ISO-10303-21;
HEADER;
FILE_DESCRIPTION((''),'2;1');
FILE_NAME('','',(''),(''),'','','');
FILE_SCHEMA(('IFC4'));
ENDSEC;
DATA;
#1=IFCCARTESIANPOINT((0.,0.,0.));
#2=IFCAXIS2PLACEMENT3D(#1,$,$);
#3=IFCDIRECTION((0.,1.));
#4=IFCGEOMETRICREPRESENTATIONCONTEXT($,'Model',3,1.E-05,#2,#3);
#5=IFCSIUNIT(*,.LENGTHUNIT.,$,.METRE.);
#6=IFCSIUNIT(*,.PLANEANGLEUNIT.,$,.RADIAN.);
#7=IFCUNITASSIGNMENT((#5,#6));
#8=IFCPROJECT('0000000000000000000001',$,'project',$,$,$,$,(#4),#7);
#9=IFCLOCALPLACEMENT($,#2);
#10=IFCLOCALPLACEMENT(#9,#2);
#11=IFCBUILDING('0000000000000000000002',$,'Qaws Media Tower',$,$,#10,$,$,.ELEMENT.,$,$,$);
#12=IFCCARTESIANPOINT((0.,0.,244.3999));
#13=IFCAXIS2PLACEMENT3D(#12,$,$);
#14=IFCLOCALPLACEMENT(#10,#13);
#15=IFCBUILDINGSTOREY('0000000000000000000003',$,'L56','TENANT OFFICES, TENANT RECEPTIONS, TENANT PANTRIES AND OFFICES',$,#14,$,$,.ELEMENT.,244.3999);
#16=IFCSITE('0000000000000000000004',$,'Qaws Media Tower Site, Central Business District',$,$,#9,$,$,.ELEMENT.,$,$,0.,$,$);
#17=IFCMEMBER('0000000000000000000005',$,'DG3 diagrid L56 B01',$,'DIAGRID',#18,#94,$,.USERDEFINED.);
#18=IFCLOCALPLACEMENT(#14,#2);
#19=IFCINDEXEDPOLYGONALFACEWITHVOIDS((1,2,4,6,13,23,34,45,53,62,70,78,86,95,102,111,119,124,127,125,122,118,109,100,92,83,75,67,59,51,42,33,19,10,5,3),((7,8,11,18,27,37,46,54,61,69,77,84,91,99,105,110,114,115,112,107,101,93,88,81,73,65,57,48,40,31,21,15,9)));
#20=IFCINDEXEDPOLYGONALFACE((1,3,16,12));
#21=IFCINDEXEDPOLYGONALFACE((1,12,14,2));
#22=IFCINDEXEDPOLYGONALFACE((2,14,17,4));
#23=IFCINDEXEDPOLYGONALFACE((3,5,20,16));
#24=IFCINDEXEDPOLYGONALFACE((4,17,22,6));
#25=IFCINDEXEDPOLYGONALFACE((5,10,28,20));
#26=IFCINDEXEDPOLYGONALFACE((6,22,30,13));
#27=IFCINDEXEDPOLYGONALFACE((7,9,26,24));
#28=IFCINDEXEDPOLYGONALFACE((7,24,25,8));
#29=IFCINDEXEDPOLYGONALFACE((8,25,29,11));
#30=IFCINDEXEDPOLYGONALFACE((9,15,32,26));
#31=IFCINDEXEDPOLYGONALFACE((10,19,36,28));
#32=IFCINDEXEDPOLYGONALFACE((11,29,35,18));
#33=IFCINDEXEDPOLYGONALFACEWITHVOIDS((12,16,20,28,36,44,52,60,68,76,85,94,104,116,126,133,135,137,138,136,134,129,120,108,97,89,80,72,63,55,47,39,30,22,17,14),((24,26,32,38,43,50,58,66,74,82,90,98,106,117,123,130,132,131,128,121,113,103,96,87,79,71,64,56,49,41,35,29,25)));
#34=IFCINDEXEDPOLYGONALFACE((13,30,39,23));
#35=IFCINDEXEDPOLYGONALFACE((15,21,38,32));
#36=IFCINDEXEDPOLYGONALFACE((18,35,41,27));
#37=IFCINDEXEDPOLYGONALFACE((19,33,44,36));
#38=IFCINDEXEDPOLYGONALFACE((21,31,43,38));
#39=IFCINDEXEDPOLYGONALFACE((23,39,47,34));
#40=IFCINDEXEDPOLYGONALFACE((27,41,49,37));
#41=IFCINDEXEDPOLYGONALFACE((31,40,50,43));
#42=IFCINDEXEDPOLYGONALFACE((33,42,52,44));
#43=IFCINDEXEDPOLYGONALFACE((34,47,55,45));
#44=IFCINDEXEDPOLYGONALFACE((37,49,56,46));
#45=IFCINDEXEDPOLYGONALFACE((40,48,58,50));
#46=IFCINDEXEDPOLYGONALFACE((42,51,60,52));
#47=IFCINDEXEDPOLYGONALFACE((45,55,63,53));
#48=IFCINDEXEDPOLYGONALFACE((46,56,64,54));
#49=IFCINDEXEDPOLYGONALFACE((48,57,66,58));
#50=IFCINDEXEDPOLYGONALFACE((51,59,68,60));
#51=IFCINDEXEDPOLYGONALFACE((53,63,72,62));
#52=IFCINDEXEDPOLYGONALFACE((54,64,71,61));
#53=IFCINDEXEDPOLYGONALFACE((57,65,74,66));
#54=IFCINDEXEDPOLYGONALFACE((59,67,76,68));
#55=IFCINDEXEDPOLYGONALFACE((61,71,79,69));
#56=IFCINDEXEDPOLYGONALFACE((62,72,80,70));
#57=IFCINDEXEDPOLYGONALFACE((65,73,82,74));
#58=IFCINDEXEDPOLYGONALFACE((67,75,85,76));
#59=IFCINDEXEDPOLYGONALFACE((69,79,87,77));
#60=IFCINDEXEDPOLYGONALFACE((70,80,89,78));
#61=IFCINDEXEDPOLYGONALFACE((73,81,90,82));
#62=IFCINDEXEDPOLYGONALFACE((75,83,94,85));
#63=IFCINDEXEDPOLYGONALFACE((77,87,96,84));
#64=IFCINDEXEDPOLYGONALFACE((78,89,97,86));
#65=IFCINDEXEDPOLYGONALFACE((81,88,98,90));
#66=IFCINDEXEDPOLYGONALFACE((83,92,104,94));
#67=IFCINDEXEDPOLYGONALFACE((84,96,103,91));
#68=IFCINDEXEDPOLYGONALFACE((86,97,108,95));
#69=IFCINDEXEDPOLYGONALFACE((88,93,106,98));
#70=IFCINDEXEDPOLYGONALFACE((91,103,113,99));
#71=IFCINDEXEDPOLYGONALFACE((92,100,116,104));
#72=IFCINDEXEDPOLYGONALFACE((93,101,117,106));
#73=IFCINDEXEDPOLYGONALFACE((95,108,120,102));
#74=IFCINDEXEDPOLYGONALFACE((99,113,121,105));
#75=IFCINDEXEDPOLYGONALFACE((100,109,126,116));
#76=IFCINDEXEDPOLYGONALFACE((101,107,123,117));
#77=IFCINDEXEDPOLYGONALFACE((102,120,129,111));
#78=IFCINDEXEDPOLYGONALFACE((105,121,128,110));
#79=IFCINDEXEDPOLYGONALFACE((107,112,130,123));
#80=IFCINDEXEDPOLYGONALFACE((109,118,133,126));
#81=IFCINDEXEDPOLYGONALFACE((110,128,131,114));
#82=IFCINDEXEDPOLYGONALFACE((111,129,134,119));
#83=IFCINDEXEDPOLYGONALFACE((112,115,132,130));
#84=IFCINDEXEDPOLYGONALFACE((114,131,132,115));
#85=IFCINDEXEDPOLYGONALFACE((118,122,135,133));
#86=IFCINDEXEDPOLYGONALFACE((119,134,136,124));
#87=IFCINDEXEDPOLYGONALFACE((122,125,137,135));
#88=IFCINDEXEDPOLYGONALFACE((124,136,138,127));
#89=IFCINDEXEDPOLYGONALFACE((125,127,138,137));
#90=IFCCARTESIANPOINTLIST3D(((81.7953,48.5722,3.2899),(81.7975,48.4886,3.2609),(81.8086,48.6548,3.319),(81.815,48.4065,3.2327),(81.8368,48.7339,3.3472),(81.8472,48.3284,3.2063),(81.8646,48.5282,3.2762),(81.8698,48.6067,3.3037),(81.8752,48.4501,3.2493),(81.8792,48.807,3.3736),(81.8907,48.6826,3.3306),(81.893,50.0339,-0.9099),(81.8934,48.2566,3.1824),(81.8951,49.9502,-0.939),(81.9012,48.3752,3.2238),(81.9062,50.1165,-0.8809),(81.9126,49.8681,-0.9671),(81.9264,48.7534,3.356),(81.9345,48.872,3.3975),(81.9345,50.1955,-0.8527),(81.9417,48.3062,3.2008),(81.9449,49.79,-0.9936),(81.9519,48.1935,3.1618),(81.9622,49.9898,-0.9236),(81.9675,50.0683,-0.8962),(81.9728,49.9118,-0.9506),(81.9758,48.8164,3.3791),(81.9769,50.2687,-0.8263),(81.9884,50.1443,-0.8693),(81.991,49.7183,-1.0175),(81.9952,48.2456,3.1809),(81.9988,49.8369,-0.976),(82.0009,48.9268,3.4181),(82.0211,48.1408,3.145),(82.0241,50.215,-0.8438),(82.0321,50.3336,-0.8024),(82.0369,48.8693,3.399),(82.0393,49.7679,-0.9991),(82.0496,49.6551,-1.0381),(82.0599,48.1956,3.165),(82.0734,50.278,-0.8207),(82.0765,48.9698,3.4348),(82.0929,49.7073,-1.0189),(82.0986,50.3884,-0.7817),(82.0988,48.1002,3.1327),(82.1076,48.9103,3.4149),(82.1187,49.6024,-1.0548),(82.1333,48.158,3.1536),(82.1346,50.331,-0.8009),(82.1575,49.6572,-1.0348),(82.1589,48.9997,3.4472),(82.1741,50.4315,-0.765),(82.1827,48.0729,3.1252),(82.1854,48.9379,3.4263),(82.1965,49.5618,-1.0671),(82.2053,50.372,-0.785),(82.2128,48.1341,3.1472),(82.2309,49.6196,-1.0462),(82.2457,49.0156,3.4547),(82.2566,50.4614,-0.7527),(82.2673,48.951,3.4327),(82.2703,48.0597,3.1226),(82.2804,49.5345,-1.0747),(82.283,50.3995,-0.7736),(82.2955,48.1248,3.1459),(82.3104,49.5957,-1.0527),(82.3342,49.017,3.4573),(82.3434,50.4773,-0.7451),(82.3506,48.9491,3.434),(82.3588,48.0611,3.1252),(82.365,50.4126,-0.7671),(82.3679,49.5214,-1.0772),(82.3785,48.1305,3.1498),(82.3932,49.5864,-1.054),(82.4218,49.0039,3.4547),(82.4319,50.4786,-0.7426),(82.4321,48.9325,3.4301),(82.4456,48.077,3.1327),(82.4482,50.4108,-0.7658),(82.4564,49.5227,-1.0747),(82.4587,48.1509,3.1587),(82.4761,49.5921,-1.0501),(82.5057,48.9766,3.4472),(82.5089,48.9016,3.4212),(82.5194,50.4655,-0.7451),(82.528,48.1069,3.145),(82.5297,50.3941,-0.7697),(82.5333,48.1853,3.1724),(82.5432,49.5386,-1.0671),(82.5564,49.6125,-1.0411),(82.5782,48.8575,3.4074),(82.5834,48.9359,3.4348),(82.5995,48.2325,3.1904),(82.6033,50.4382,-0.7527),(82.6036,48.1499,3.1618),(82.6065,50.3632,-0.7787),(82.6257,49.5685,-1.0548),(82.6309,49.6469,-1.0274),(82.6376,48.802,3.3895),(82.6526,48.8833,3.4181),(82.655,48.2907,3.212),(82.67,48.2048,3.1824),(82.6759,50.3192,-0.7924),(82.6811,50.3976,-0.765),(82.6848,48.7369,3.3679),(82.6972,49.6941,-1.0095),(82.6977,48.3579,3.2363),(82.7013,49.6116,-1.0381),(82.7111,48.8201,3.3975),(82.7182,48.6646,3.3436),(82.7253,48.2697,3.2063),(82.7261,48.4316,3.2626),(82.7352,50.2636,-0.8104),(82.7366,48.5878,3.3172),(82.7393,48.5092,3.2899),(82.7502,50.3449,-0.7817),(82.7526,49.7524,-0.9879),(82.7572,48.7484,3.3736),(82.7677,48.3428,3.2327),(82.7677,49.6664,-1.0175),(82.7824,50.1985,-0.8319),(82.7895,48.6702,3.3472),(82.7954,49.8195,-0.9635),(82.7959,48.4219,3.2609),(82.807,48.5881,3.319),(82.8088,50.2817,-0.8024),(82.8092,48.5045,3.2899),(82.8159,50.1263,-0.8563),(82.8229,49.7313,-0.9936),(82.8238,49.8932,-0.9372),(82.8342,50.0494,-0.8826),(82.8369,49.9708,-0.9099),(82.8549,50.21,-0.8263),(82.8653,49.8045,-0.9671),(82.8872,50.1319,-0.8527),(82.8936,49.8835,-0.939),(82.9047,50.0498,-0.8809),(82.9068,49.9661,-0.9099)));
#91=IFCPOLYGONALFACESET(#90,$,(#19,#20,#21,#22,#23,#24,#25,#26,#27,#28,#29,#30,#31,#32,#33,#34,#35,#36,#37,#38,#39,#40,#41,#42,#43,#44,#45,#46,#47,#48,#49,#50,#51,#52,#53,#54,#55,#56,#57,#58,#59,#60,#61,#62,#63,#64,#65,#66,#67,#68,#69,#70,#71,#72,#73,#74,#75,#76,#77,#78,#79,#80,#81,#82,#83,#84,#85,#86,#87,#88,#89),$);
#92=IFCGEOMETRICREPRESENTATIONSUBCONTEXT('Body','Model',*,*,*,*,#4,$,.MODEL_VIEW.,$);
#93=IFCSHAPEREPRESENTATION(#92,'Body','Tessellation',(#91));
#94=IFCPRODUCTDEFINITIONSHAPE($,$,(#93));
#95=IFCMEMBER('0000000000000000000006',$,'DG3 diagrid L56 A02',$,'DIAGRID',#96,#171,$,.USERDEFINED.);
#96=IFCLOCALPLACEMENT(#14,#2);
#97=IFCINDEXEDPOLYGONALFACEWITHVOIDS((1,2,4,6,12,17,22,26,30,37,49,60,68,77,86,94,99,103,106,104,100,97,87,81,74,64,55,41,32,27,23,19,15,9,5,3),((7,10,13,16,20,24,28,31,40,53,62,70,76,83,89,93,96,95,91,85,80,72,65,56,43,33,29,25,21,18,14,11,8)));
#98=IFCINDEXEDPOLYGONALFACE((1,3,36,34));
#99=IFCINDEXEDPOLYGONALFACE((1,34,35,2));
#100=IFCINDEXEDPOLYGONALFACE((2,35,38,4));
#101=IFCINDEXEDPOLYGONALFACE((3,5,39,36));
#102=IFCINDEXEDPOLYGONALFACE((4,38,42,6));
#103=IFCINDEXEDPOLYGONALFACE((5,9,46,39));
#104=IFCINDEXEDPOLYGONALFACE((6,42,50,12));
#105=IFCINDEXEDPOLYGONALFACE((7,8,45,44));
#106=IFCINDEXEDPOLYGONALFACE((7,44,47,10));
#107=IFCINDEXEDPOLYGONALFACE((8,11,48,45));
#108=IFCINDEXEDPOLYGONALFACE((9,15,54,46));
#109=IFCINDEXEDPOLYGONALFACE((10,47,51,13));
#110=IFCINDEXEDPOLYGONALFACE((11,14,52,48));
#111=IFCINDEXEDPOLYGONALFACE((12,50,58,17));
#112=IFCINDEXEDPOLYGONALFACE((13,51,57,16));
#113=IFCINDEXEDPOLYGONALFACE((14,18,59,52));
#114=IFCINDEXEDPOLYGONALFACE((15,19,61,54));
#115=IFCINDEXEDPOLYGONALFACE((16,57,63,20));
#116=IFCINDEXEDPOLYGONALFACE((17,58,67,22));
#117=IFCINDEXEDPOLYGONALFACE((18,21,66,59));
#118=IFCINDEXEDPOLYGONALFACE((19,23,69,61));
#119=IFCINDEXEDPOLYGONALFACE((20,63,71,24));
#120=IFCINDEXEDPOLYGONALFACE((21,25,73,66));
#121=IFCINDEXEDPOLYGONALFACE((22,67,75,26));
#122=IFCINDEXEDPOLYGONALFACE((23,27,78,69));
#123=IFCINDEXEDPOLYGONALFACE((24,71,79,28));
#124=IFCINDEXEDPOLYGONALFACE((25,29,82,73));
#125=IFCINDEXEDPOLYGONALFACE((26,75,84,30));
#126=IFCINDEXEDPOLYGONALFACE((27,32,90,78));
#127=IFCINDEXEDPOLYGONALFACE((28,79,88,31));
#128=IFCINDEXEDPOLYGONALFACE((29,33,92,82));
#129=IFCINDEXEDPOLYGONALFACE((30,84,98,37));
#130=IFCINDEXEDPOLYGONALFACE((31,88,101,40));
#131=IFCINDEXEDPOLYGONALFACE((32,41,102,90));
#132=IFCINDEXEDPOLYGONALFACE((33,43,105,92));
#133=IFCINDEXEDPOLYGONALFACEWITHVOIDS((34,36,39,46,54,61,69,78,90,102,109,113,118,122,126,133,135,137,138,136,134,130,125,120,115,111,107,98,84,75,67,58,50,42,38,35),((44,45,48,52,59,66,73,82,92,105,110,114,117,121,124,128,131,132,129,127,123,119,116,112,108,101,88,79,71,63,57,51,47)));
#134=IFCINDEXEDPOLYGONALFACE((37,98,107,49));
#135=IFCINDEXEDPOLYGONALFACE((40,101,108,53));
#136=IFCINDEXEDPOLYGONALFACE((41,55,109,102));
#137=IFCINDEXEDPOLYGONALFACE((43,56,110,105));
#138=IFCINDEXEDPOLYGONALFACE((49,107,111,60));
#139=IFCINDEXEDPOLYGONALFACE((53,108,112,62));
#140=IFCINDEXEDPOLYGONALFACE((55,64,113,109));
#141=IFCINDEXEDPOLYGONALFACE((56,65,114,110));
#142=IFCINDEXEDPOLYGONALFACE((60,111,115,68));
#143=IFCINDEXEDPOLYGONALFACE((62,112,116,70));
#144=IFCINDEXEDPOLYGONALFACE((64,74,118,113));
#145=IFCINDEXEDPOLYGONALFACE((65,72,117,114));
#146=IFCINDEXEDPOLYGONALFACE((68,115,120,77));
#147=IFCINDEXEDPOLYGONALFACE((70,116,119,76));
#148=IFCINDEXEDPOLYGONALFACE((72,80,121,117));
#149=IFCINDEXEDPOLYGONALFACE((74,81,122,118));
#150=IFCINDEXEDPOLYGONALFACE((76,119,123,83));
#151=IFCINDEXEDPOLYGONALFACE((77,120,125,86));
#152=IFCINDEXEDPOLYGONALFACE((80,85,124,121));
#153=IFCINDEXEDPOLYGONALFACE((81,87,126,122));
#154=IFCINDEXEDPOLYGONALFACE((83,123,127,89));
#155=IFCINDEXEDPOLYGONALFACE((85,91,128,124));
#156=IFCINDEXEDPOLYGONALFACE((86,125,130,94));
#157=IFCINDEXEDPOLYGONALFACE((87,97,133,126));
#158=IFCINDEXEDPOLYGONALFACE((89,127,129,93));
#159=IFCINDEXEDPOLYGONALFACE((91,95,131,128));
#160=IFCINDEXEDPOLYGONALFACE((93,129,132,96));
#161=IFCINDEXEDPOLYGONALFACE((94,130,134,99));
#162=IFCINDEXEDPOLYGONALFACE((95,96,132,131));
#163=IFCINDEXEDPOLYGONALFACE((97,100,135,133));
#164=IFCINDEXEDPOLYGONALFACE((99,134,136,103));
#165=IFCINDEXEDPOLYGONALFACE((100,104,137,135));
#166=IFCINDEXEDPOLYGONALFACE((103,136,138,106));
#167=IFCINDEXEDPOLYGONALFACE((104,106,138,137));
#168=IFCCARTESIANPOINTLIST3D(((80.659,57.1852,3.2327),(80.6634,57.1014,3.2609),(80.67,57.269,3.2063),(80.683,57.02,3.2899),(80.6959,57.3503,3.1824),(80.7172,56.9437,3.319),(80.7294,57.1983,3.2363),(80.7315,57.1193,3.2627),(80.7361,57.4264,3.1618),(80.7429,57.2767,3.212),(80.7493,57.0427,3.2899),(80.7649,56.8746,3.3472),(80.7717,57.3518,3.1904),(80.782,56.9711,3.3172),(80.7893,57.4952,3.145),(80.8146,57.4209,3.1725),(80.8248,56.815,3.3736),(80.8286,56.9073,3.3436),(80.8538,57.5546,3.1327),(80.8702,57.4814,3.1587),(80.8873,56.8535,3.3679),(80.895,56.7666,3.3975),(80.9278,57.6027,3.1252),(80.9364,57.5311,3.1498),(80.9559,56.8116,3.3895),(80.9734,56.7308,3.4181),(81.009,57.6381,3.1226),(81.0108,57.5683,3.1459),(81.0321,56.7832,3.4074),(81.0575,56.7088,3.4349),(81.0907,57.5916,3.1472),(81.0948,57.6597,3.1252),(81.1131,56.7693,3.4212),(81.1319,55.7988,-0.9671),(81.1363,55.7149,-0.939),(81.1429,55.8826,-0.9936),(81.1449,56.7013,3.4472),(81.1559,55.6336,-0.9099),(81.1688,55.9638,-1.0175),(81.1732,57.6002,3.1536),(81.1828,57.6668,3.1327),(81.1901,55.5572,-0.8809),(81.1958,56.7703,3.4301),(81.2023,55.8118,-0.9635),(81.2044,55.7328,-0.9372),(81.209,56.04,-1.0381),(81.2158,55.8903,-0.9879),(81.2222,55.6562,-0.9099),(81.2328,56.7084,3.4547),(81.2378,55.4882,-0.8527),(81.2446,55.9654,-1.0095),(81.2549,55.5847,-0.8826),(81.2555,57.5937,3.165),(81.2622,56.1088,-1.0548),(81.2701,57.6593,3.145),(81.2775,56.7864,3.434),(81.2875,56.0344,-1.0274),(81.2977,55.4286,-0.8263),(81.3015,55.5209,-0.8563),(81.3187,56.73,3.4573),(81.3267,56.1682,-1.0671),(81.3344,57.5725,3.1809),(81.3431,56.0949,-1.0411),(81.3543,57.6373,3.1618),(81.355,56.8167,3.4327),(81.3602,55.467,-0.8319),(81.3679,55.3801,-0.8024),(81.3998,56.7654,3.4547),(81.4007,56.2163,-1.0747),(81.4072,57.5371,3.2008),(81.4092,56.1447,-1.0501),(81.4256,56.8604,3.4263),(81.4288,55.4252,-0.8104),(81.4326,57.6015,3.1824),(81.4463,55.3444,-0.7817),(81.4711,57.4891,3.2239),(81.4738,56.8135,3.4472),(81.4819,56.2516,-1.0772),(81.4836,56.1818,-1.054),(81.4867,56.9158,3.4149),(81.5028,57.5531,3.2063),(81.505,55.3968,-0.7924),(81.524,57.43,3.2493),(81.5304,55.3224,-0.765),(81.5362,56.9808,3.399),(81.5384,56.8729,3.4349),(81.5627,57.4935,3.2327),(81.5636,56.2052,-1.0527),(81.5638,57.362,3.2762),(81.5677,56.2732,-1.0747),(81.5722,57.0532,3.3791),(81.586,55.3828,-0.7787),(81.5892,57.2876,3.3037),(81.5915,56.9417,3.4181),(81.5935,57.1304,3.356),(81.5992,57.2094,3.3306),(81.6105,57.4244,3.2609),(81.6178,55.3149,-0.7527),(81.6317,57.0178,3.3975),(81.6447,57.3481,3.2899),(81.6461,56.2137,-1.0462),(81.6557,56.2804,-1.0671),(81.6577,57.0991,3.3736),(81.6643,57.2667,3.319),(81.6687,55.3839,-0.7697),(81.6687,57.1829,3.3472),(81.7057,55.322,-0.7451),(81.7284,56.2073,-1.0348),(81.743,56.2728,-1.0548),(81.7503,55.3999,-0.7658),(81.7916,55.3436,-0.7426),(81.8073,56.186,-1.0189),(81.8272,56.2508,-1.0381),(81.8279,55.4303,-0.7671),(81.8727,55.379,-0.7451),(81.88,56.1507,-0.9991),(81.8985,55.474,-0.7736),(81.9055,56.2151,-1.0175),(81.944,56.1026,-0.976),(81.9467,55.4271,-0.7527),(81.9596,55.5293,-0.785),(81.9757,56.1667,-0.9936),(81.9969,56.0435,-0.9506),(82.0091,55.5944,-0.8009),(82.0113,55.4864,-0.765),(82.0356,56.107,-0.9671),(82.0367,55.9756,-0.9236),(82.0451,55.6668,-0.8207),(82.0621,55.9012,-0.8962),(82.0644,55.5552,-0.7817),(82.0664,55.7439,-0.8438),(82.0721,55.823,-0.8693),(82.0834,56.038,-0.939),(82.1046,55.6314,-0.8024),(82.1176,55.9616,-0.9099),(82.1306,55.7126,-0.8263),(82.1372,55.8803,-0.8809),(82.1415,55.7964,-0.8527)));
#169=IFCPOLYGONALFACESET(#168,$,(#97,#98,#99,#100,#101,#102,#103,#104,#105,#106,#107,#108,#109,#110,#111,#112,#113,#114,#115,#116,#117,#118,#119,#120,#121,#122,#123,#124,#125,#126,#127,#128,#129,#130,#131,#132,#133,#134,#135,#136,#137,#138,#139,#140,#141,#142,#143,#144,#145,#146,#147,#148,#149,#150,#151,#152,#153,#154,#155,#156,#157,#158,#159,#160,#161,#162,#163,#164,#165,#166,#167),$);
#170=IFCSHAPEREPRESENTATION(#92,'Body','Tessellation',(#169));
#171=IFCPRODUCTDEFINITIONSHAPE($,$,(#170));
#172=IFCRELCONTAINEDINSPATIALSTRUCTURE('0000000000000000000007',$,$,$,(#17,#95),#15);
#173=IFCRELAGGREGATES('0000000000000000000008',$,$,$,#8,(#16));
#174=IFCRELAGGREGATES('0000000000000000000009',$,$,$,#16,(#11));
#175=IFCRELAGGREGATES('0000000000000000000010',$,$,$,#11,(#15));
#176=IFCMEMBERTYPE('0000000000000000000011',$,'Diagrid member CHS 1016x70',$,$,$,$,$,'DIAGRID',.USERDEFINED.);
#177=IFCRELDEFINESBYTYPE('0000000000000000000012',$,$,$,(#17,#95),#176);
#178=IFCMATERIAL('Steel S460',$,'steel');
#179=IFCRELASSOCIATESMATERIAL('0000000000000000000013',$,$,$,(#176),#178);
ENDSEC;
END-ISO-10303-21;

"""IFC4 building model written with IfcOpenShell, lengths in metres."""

from ifc_helpers import new_model, si_unit, direction, frame, origin, origin_2d, place, context, subcontext, project, spatial, hollow_circle, extrude, material, material_profile, profile_set, type_object, element, save


model = new_model("IFC4")

# Units and contexts
model_context = context("Model", 3, precision=1e-05, world=origin(), true_north=direction((0.0, 1.0)))
body_context = subcontext(model_context, "Body", "Model", "MODEL_VIEW")
ifc_project = project(units=[si_unit("LENGTHUNIT", "METRE"), si_unit("PLANEANGLEUNIT", "RADIAN")], contexts=[model_context])

# Site, building, storey
site_placement = place(None, origin())
site = spatial("IfcSite", under=ifc_project, at=site_placement, Name="Qaws Media Tower Site, Central Business District", CompositionType="ELEMENT", RefElevation=0.0)
building_placement = place(site_placement, origin())
building = spatial("IfcBuilding", under=site, at=building_placement, Name="Qaws Media Tower", CompositionType="ELEMENT")
storey_placement = place(building_placement, frame((0.0, 0.0, 244.3999)))
storey = spatial("IfcBuildingStorey", under=building, at=storey_placement, Name="L56", Description="TENANT OFFICES, TENANT RECEPTIONS, TENANT PANTRIES AND OFFICES", CompositionType="ELEMENT", Elevation=244.3999)

# Members
ifc_material_1 = material(Name="Steel S460", Category="steel")
ifc_material_profile_1 = material_profile(ifc_material_1, hollow_circle(Radius=0.5081, WallThickness=0.0701, at=origin_2d()), Name="CHS 1016x70")
ifc_profile_set_1 = profile_set([ifc_material_profile_1], Name="Steel S460")
member_type_1 = type_object("IfcMemberType", Name="Diagrid member CHS 1016x70", ElementType="DIAGRID", PredefinedType="USERDEFINED", material=ifc_profile_set_1)
for number, where, z_axis, x_axis, name in (
    (1, (82.3999, 50.0, -0.9099), (-0.021955, -0.328605, 0.944212), (0.997776, -0.066663, 0.0), "DG3 diagrid L56 B01"),
    (2, (81.6367, 55.7976, -0.9099), (-0.106315, 0.311701, 0.944214), (-0.94646, -0.32282, 0.0), "DG3 diagrid L56 A02"),
):
    element("IfcMember", number, at=place(storey_placement, frame(where, z_axis=z_axis, x_axis=x_axis)), inside=storey, type_object=member_type_1, Name=name, ObjectType="DIAGRID", PredefinedType="USERDEFINED", context=body_context, shape_type="SweptSolid", body=[
        extrude(hollow_circle(Radius=0.5081, WallThickness=0.0701, at=origin_2d()), origin(), (0.0, 0.0, 1.0), 4.448),
    ])

save(model, "model.ifc")
